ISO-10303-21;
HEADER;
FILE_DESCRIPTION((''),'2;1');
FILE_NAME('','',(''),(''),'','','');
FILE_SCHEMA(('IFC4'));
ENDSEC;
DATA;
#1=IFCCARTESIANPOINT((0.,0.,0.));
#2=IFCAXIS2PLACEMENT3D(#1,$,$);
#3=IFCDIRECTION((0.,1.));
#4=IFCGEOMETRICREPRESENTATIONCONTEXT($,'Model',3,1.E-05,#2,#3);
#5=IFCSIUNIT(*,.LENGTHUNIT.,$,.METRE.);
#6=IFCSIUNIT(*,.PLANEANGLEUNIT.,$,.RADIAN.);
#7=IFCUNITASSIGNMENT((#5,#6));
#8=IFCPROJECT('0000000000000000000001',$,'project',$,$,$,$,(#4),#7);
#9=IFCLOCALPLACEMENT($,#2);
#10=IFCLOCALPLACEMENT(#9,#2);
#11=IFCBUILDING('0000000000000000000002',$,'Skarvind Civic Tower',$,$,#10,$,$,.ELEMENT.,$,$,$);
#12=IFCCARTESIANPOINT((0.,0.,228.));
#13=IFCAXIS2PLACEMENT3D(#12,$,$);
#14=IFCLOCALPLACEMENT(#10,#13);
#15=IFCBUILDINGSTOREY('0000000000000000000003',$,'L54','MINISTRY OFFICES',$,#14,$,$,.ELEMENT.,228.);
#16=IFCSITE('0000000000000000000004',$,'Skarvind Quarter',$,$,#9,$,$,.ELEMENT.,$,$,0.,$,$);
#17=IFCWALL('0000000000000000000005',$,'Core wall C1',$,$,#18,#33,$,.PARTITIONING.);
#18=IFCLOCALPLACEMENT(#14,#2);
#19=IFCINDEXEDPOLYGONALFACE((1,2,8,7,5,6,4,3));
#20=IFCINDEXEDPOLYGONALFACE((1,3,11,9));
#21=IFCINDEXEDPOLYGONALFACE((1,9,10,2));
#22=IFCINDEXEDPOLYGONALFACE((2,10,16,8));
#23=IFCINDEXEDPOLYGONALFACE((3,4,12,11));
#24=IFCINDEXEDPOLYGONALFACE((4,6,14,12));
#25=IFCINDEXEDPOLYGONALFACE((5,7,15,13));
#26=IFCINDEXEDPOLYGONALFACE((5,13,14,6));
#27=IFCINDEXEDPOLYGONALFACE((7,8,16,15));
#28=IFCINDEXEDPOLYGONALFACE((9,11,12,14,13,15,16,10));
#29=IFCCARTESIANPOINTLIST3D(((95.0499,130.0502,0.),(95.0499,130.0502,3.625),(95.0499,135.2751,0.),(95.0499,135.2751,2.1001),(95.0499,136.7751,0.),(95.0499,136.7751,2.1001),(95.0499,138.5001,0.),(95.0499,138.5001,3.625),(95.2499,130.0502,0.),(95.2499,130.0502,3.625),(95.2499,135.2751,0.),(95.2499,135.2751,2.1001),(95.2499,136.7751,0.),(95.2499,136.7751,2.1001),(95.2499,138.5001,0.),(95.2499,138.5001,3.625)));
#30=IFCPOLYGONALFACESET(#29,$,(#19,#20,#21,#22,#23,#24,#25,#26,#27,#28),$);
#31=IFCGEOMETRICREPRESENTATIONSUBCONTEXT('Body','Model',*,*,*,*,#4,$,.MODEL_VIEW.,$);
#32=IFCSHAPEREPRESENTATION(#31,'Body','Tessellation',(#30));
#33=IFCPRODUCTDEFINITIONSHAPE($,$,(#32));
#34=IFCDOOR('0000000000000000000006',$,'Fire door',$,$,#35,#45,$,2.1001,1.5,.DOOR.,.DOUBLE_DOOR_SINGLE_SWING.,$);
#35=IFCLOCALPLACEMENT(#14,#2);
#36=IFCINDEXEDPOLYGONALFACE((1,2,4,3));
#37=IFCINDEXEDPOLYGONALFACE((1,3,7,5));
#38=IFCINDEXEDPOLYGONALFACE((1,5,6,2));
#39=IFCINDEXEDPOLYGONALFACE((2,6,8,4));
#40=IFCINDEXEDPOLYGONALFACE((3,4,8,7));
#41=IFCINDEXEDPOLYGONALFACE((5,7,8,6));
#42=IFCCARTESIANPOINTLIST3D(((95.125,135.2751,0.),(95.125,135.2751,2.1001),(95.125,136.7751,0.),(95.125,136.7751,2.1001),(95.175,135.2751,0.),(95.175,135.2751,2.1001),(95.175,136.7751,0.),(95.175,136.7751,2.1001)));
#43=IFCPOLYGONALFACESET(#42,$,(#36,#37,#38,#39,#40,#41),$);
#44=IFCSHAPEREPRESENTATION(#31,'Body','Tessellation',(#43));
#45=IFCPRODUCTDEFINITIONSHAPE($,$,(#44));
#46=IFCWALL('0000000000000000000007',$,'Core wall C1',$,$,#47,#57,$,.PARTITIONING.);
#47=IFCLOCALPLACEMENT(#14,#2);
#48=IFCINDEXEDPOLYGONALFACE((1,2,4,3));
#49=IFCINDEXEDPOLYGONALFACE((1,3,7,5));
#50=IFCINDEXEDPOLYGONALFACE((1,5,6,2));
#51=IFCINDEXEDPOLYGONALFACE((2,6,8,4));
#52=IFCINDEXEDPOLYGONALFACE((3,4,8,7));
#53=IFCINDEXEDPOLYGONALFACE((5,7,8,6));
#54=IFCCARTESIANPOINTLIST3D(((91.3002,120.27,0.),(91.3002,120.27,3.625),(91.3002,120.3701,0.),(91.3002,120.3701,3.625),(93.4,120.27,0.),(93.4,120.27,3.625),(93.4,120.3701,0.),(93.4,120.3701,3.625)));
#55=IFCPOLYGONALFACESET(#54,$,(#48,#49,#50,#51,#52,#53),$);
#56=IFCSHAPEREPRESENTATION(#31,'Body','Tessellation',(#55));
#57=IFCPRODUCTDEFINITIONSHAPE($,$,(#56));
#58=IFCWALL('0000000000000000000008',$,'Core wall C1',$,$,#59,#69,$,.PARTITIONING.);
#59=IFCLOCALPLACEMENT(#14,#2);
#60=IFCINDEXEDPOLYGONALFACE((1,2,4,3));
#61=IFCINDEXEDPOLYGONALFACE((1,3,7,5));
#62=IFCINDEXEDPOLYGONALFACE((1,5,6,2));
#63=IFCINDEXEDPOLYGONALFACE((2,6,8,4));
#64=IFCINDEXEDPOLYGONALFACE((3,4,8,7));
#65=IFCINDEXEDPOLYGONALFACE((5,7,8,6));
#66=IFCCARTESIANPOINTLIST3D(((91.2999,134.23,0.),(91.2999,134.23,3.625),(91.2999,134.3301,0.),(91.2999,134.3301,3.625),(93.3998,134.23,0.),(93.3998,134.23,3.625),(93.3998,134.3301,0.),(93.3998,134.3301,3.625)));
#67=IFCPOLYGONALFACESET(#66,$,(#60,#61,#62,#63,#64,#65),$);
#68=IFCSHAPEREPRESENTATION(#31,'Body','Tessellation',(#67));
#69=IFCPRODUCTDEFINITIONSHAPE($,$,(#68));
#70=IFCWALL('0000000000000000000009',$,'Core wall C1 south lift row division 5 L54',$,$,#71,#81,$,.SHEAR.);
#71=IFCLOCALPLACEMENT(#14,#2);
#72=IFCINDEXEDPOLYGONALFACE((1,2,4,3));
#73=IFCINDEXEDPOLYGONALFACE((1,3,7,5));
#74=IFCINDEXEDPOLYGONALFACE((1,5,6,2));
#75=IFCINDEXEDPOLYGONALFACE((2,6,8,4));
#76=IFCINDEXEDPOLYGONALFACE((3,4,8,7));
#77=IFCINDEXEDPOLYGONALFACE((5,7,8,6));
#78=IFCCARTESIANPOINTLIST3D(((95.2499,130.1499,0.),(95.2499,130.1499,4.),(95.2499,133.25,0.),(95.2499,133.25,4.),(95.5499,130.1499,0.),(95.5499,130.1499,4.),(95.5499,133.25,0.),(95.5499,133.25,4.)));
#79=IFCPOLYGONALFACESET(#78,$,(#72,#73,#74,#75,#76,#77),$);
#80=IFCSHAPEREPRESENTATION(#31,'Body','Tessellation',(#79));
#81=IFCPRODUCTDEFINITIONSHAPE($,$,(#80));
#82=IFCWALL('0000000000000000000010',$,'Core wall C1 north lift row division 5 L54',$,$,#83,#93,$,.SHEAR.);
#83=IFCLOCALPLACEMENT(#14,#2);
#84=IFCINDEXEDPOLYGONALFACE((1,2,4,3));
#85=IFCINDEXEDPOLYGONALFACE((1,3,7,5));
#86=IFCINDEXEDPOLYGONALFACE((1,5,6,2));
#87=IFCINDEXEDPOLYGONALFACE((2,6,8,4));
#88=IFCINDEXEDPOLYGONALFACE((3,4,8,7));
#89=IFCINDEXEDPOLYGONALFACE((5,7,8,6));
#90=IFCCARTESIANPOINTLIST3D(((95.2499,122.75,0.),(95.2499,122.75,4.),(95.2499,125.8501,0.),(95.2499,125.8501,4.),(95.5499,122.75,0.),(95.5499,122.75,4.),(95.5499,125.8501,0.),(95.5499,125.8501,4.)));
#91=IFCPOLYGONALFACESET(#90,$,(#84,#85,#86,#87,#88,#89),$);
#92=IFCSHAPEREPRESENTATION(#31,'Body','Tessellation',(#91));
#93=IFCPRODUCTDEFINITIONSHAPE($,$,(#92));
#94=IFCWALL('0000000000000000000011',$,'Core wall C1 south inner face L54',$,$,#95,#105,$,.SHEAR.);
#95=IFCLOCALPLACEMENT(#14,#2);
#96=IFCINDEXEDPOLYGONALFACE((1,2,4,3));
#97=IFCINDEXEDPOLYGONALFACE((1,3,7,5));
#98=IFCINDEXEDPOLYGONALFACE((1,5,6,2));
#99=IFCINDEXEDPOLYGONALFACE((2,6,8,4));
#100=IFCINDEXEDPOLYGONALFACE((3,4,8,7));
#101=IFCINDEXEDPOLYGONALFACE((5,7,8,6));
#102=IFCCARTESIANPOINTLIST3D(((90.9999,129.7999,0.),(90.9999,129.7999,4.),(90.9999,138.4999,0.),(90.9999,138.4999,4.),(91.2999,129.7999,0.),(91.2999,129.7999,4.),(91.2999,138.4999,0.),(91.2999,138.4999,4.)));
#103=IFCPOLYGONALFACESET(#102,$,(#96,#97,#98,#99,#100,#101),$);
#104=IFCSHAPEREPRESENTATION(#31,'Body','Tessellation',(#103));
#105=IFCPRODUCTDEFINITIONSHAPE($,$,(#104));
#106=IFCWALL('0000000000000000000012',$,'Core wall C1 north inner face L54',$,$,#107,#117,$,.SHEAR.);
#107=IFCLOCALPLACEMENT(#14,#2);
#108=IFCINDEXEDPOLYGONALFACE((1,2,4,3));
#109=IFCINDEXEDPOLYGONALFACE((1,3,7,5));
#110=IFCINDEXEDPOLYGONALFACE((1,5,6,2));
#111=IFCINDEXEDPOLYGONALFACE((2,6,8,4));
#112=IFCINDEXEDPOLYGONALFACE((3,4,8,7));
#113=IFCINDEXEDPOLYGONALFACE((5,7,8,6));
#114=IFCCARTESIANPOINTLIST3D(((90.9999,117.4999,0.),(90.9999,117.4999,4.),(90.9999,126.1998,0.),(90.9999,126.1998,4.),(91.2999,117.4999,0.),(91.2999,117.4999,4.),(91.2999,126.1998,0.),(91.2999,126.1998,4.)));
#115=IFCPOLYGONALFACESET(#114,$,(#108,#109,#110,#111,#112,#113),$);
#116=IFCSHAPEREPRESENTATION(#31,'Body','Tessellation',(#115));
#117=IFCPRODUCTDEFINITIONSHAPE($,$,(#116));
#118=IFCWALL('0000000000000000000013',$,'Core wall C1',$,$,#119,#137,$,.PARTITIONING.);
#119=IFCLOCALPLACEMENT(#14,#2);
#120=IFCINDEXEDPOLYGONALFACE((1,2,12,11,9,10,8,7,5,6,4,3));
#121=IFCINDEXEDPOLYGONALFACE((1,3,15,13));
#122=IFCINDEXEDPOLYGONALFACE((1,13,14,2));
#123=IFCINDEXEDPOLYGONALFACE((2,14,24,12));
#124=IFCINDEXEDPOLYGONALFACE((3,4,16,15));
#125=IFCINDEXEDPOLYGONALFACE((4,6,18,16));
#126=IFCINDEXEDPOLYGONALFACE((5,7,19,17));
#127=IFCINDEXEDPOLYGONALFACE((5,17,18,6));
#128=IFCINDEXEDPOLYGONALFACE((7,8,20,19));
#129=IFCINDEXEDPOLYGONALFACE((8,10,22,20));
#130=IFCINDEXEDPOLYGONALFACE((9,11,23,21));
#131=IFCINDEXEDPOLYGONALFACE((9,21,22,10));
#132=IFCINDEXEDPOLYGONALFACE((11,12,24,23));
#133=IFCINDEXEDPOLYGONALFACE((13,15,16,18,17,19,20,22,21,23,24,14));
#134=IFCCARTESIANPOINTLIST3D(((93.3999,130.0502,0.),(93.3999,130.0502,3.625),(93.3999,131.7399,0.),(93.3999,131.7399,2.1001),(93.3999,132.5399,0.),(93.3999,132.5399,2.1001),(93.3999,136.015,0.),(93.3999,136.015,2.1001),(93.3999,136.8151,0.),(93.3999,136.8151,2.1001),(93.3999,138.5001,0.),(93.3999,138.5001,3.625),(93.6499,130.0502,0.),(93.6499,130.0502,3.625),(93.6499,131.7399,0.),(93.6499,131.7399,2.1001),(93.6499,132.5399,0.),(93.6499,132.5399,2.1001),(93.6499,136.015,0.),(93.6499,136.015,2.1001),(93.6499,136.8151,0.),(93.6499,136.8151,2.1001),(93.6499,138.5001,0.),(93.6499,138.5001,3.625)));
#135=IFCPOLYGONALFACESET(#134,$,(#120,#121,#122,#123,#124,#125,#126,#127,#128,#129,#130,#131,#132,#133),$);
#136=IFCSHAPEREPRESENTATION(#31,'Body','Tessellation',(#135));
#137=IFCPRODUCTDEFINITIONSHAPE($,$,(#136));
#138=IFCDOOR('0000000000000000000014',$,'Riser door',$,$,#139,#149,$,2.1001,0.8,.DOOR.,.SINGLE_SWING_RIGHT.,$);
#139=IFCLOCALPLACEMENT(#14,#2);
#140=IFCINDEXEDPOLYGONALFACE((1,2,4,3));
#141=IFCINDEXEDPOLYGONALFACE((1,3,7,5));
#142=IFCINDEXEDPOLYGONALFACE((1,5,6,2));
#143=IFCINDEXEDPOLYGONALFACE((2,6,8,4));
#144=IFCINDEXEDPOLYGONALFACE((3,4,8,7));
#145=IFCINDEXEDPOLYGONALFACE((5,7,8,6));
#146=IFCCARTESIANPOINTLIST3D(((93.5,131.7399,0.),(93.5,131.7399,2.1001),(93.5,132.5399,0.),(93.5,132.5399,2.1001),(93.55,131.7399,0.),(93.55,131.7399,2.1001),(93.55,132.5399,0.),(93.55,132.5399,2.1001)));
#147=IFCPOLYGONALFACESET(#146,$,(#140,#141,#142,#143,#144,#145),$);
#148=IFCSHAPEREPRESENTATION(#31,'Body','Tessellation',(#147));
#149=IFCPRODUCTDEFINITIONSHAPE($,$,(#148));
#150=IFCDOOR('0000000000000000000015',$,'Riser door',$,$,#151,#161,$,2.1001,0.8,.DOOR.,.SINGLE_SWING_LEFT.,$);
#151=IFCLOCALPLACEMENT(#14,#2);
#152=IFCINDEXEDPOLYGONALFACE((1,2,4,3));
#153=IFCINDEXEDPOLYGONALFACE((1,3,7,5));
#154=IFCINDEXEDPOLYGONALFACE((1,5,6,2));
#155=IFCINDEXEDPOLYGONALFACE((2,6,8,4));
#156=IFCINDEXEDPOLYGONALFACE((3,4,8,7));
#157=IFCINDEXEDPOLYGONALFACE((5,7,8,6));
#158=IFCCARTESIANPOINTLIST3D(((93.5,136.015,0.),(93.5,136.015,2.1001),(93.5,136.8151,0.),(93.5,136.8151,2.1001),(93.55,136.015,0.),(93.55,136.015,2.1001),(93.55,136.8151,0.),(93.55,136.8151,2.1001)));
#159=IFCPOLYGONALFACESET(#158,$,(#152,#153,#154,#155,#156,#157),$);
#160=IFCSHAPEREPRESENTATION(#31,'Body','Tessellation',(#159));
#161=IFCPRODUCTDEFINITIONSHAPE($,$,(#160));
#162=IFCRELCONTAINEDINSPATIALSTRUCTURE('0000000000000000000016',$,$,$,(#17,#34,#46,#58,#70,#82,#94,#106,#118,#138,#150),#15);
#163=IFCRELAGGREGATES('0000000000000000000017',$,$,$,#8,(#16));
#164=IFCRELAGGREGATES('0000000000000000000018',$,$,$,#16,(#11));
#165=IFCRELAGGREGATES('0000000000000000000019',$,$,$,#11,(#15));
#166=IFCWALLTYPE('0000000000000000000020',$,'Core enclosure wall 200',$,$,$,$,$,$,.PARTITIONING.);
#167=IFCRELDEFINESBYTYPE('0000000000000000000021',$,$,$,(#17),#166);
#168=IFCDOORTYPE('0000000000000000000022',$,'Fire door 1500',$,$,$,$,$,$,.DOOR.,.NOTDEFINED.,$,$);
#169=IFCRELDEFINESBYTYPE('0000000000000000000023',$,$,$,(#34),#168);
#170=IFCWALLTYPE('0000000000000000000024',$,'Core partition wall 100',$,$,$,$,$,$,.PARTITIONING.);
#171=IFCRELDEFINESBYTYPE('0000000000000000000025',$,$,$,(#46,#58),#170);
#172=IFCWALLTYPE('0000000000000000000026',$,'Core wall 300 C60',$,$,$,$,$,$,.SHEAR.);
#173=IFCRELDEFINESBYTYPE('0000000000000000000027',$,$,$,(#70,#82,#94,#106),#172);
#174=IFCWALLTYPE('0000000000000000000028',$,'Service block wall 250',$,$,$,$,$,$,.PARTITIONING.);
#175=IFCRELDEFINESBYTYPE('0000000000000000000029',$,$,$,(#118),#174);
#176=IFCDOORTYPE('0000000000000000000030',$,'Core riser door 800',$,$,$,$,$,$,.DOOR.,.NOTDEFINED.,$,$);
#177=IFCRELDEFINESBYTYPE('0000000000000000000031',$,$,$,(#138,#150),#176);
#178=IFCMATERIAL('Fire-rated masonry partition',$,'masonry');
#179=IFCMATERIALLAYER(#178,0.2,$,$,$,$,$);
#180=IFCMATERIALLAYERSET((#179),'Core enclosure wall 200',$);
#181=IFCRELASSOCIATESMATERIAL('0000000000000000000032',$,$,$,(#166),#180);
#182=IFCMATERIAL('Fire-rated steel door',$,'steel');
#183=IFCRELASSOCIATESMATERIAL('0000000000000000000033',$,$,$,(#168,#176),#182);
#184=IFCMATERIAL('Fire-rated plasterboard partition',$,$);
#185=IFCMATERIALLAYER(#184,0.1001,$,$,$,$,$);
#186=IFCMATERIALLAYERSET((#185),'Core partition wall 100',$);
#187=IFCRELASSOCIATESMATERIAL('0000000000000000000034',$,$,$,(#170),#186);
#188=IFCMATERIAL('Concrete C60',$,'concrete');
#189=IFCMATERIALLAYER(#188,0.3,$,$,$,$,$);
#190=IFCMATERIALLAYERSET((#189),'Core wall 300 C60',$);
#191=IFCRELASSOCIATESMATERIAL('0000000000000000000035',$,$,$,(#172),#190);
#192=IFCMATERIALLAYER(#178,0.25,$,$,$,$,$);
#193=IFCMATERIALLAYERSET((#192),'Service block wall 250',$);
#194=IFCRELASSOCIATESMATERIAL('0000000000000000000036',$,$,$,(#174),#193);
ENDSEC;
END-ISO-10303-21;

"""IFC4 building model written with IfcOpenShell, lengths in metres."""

from ifc_helpers import new_model, si_unit, direction, frame, frame_2d, origin, place, context, subcontext, project, spatial, rectangle, extrude, material, layer, layer_set, type_object, element, fill, save


model = new_model("IFC4")

# Units and contexts
model_context = context("Model", 3, precision=1e-05, world=origin(), true_north=direction((0.0, 1.0)))
body_context = subcontext(model_context, "Body", "Model", "MODEL_VIEW")
ifc_project = project(units=[si_unit("LENGTHUNIT", "METRE"), si_unit("PLANEANGLEUNIT", "RADIAN")], contexts=[model_context])

# Site, building, storey
site_placement = place(None, origin())
site = spatial("IfcSite", under=ifc_project, at=site_placement, Name="Skarvind Quarter", CompositionType="ELEMENT", RefElevation=0.0)
building_placement = place(site_placement, origin())
building = spatial("IfcBuilding", under=site, at=building_placement, Name="Skarvind Civic Tower", CompositionType="ELEMENT")
storey_placement = place(building_placement, frame((0.0, 0.0, 228.0)))
storey = spatial("IfcBuildingStorey", under=building, at=storey_placement, Name="L54", Description="MINISTRY OFFICES", CompositionType="ELEMENT", Elevation=228.0)

# Shared definitions
ifc_material_1 = material(Name="Concrete C60", Category="concrete")

# Wall, opening, door
ifc_material_2 = material(Name="Fire-rated masonry partition", Category="masonry")
ifc_layer_1 = layer(ifc_material_2, 0.2)
ifc_layer_set_1 = layer_set([ifc_layer_1], Name="Core enclosure wall 200")
wall_type_1 = type_object("IfcWallType", Name="Core enclosure wall 200", PredefinedType="PARTITIONING", material=ifc_layer_set_1)
ifc_material_3 = material(Name="Fire-rated steel door", Category="steel")
wall_1_placement = place(storey_placement, frame((95.1499, 130.05, 0.0), z_axis=(0.0, 0.0, 1.0), x_axis=(0.0, 1.0, 0.0)))
wall_1 = element("IfcWall", 1, at=wall_1_placement, inside=storey, type_object=wall_type_1, Name="Core wall C1", PredefinedType="PARTITIONING", context=body_context, shape_type="SweptSolid", body=[
    extrude(rectangle(XDim=8.45, YDim=0.2, at=frame_2d((4.2251, 0.0))), origin(), (0.0, 0.0, 1.0), 3.625),
])
opening_1_placement = place(wall_1_placement, frame((5.2251, 0.0, 0.0)))
opening_1 = element("IfcOpeningElement", 2, at=opening_1_placement, cuts=wall_1, PredefinedType="OPENING", context=body_context, shape_type="SweptSolid", body=[
    extrude(rectangle(XDim=1.5, YDim=2.1001, at=frame_2d((0.75, 1.05))), frame((0.0, 0.1099, 0.0), z_axis=(0.0, -1.0, 0.0), x_axis=(1.0, 0.0, 0.0)), (0.0, 0.0, 1.0), 0.22),
])
door_type_1 = type_object("IfcDoorType", Name="Fire door 1500", OperationType="NOTDEFINED", PredefinedType="DOOR", material=ifc_material_3)
door_1_placement = place(opening_1_placement, origin())
door_1 = element("IfcDoor", 3, at=door_1_placement, inside=storey, type_object=door_type_1, Name="Fire door", OperationType="DOUBLE_DOOR_SINGLE_SWING", OverallHeight=2.1001, OverallWidth=1.5, PredefinedType="DOOR", context=body_context, shape_type="SweptSolid", body=[
    extrude(rectangle(XDim=1.5, YDim=2.1001, at=frame_2d((0.75, 1.05))), frame((0.0, 0.0249, 0.0), z_axis=(0.0, -1.0, 0.0), x_axis=(1.0, 0.0, 0.0)), (0.0, 0.0, 1.0), 0.05),
])
fill(opening_1, door_1)

# Walls
ifc_material_4 = material(Name="Fire-rated plasterboard partition")
ifc_layer_2 = layer(ifc_material_4, 0.1001)
ifc_layer_set_2 = layer_set([ifc_layer_2], Name="Core partition wall 100")
wall_type_2 = type_object("IfcWallType", Name="Core partition wall 100", PredefinedType="PARTITIONING", material=ifc_layer_set_2)
for number, where, z_axis, x_axis, name in (
    (4, (93.3999, 120.3201, 0.0), (0.0, 0.0, 1.0), (-1.0, 0.0, 0.0), "Core wall C1"),
    (5, (91.3, 134.28, 0.0), (0.0, 0.0, 1.0), (1.0, 0.0, 0.0), "Core wall C1"),
):
    element("IfcWall", number, at=place(storey_placement, frame(where, z_axis=z_axis, x_axis=x_axis)), inside=storey, type_object=wall_type_2, Name=name, PredefinedType="PARTITIONING", context=body_context, shape_type="SweptSolid", body=[
        extrude(rectangle(XDim=2.0999, YDim=0.1001, at=frame_2d((1.0498, 0.0))), origin(), (0.0, 0.0, 1.0), 3.625),
    ])
ifc_layer_3 = layer(ifc_material_1, 0.3)
ifc_layer_set_3 = layer_set([ifc_layer_3], Name="Core wall 300 C60")
wall_type_3 = type_object("IfcWallType", Name="Core wall 300 C60", PredefinedType="SHEAR", material=ifc_layer_set_3)
for number, where, z_axis, x_axis, name in (
    (6, (95.3999, 133.25, 0.0), (0.0, 0.0, 1.0), (0.0, -1.0, 0.0), "Core wall C1 south lift row division 5 L54"),
    (7, (95.3999, 125.8501, 0.0), (0.0, 0.0, 1.0), (0.0, -1.0, 0.0), "Core wall C1 north lift row division 5 L54"),
):
    element("IfcWall", number, at=place(storey_placement, frame(where, z_axis=z_axis, x_axis=x_axis)), inside=storey, type_object=wall_type_3, Name=name, PredefinedType="SHEAR", context=body_context, shape_type="SweptSolid", body=[
        extrude(rectangle(XDim=3.1001, YDim=0.3, at=frame_2d((1.55, 0.0))), origin(), (0.0, 0.0, 1.0), 4.0),
    ])
for number, where, z_axis, x_axis, name in (
    (8, (91.1499, 138.5, 0.0), (0.0, 0.0, 1.0), (0.0, -1.0, 0.0), "Core wall C1 south inner face L54"),
    (9, (91.1499, 126.2, 0.0), (0.0, 0.0, 1.0), (0.0, -1.0, 0.0), "Core wall C1 north inner face L54"),
):
    element("IfcWall", number, at=place(storey_placement, frame(where, z_axis=z_axis, x_axis=x_axis)), inside=storey, type_object=wall_type_3, Name=name, PredefinedType="SHEAR", context=body_context, shape_type="SweptSolid", body=[
        extrude(rectangle(XDim=8.7, YDim=0.3, at=frame_2d((4.3501, 0.0))), origin(), (0.0, 0.0, 1.0), 4.0),
    ])

# Wall, openings, doors
ifc_layer_4 = layer(ifc_material_2, 0.25)
ifc_layer_set_4 = layer_set([ifc_layer_4], Name="Service block wall 250")
wall_type_4 = type_object("IfcWallType", Name="Service block wall 250", PredefinedType="PARTITIONING", material=ifc_layer_set_4)
wall_2_placement = place(storey_placement, frame((93.5249, 130.05, 0.0), z_axis=(0.0, 0.0, 1.0), x_axis=(0.0, 1.0, 0.0)))
wall_2 = element("IfcWall", 10, at=wall_2_placement, inside=storey, type_object=wall_type_4, Name="Core wall C1", PredefinedType="PARTITIONING", context=body_context, shape_type="SweptSolid", body=[
    extrude(rectangle(XDim=8.45, YDim=0.25, at=frame_2d((4.2251, 0.0))), origin(), (0.0, 0.0, 1.0), 3.625),
])
opening_2_placement = place(wall_2_placement, frame((1.6899, 0.0, 0.0)))
opening_2 = element("IfcOpeningElement", 11, at=opening_2_placement, cuts=wall_2, PredefinedType="OPENING", context=body_context, shape_type="SweptSolid", body=[
    extrude(rectangle(XDim=0.8, YDim=2.1001, at=frame_2d((0.3999, 1.05))), frame((0.0, 0.135, 0.0), z_axis=(0.0, -1.0, 0.0), x_axis=(1.0, 0.0, 0.0)), (0.0, 0.0, 1.0), 0.27),
])
opening_3_placement = place(wall_2_placement, frame((5.9651, 0.0, 0.0)))
opening_3 = element("IfcOpeningElement", 12, at=opening_3_placement, cuts=wall_2, PredefinedType="OPENING", context=body_context, shape_type="SweptSolid", body=[
    extrude(rectangle(XDim=0.8, YDim=2.1001, at=frame_2d((0.3999, 1.05))), frame((0.0, 0.135, 0.0), z_axis=(0.0, -1.0, 0.0), x_axis=(1.0, 0.0, 0.0)), (0.0, 0.0, 1.0), 0.27),
])
door_type_2 = type_object("IfcDoorType", Name="Core riser door 800", OperationType="NOTDEFINED", PredefinedType="DOOR", material=ifc_material_3)
door_2_placement = place(opening_2_placement, origin())
door_2 = element("IfcDoor", 13, at=door_2_placement, inside=storey, type_object=door_type_2, Name="Riser door", OperationType="SINGLE_SWING_RIGHT", OverallHeight=2.1001, OverallWidth=0.8, PredefinedType="DOOR", context=body_context, shape_type="SweptSolid", body=[
    extrude(rectangle(XDim=0.8, YDim=2.1001, at=frame_2d((0.3999, 1.05))), frame((0.0, 0.0249, 0.0), z_axis=(0.0, -1.0, 0.0), x_axis=(1.0, 0.0, 0.0)), (0.0, 0.0, 1.0), 0.05),
])
fill(opening_2, door_2)
door_3_placement = place(opening_3_placement, origin())
door_3 = element("IfcDoor", 14, at=door_3_placement, inside=storey, type_object=door_type_2, Name="Riser door", OperationType="SINGLE_SWING_LEFT", OverallHeight=2.1001, OverallWidth=0.8, PredefinedType="DOOR", context=body_context, shape_type="SweptSolid", body=[
    extrude(rectangle(XDim=0.8, YDim=2.1001, at=frame_2d((0.3999, 1.05))), frame((0.0, 0.0249, 0.0), z_axis=(0.0, -1.0, 0.0), x_axis=(1.0, 0.0, 0.0)), (0.0, 0.0, 1.0), 0.05),
])
fill(opening_3, door_3)

save(model, "model.ifc")
